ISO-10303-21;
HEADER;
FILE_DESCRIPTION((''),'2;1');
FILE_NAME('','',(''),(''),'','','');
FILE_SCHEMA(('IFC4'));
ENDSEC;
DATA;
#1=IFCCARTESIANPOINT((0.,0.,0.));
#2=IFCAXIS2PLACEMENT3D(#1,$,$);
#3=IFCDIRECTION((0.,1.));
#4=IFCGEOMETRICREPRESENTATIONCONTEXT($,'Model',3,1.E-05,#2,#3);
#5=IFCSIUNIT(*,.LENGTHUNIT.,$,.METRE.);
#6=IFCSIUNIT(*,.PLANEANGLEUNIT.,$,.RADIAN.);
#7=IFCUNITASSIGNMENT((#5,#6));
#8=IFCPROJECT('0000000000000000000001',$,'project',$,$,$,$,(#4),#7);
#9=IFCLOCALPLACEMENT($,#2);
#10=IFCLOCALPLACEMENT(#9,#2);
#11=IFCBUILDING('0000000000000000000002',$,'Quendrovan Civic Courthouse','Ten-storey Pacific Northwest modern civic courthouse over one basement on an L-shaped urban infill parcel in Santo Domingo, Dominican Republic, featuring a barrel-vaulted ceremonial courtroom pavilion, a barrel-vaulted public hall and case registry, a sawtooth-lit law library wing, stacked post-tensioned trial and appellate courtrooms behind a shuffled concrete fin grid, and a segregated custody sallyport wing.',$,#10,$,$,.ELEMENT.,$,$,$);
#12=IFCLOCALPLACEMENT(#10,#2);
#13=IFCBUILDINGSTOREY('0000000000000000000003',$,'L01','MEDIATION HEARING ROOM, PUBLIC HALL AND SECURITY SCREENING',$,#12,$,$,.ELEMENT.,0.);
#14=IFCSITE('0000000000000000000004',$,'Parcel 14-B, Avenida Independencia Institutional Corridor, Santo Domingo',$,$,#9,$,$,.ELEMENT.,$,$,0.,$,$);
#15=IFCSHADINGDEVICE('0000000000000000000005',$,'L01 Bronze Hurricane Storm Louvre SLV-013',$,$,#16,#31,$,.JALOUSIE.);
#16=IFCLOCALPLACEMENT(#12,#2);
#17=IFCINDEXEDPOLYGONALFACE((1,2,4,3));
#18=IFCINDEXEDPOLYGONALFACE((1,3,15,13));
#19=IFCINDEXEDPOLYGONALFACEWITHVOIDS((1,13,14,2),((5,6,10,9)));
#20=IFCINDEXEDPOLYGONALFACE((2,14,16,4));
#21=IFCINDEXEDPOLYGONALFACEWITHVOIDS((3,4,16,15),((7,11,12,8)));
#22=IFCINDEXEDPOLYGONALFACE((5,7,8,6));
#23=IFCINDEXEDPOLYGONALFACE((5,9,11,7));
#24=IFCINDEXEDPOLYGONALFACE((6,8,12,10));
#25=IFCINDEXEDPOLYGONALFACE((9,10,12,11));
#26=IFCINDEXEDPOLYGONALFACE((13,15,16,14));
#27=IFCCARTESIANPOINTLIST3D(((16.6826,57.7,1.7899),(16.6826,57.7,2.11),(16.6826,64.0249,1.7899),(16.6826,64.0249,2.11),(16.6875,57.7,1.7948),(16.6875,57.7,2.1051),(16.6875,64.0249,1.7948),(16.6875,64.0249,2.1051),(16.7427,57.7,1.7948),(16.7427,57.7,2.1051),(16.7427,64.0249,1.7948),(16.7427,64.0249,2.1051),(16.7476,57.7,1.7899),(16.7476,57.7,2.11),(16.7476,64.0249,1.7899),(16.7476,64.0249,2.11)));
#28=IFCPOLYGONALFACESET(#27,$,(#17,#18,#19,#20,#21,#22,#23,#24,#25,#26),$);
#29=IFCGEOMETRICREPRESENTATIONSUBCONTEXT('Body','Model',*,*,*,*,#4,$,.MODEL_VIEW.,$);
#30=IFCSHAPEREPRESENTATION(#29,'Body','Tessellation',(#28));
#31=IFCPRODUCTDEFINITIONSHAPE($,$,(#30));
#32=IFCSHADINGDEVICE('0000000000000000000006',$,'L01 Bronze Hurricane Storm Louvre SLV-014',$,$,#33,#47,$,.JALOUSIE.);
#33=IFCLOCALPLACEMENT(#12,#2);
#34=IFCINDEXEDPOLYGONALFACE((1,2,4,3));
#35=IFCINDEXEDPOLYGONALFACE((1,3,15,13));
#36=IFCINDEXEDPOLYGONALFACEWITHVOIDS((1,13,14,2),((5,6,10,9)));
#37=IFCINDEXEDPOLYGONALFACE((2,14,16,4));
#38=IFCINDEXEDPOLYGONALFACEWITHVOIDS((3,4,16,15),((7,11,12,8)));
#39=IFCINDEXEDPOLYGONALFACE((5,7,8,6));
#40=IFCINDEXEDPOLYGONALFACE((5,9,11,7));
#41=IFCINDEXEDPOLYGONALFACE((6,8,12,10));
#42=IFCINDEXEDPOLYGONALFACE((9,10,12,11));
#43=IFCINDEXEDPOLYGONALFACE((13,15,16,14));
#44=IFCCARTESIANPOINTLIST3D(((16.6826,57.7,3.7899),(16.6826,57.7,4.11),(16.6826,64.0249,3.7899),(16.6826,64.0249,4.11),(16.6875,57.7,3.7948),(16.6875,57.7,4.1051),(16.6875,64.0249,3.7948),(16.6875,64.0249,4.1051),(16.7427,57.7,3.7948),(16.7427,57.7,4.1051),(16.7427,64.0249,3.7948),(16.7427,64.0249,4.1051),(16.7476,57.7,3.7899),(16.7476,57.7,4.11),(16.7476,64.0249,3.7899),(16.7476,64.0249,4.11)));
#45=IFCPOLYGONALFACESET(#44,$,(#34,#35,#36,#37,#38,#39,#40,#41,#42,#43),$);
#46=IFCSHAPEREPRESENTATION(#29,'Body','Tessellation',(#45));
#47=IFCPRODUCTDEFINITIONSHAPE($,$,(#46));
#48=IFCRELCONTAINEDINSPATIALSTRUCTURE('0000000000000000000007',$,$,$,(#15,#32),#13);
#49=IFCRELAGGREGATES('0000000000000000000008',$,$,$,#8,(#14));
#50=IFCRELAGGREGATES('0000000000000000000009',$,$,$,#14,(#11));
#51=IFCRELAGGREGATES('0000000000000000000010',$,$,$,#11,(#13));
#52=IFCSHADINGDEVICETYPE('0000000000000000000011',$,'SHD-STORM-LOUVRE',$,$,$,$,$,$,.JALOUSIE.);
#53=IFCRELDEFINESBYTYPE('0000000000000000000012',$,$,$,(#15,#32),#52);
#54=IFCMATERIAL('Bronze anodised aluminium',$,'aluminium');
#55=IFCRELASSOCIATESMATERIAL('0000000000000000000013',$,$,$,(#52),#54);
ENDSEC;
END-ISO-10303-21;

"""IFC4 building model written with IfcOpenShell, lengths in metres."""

from ifc_helpers import new_model, si_unit, direction, frame, origin, origin_2d, place, context, subcontext, project, spatial, hollow_rectangle, extrude, material, material_profile, profile_set, type_object, element, save


model = new_model("IFC4")

# Units and contexts
model_context = context("Model", 3, precision=1e-05, world=origin(), true_north=direction((0.0, 1.0)))
body_context = subcontext(model_context, "Body", "Model", "MODEL_VIEW")
ifc_project = project(units=[si_unit("LENGTHUNIT", "METRE"), si_unit("PLANEANGLEUNIT", "RADIAN")], contexts=[model_context])

# Site, building, storey
site_placement = place(None, origin())
site = spatial("IfcSite", under=ifc_project, at=site_placement, Name="Parcel 14-B, Avenida Independencia Institutional Corridor, Santo Domingo", CompositionType="ELEMENT", RefElevation=0.0)
building_placement = place(site_placement, origin())
building = spatial("IfcBuilding", under=site, at=building_placement, Name="Quendrovan Civic Courthouse", Description="Ten-storey Pacific Northwest modern civic courthouse over one basement on an L-shaped urban infill parcel in Santo Domingo, Dominican Republic, featuring a barrel-vaulted ceremonial courtroom pavilion, a barrel-vaulted public hall and case registry, a sawtooth-lit law library wing, stacked post-tensioned trial and appellate courtrooms behind a shuffled concrete fin grid, and a segregated custody sallyport wing.", CompositionType="ELEMENT")
storey_placement = place(building_placement, origin())
storey = spatial("IfcBuildingStorey", under=building, at=storey_placement, Name="L01", Description="MEDIATION HEARING ROOM, PUBLIC HALL AND SECURITY SCREENING", CompositionType="ELEMENT", Elevation=0.0)

# Shared definitions
ifc_material_1 = material(Name="Bronze anodised aluminium", Category="aluminium")

# Shading devices
ifc_material_profile_1 = material_profile(ifc_material_1, hollow_rectangle(XDim=0.0649, YDim=0.3201, WallThickness=0.0049, at=origin_2d()), Name="AL-LOUVRE-65x320")
ifc_profile_set_1 = profile_set([ifc_material_profile_1], Name="Bronze anodised aluminium")
shading_device_type = type_object("IfcShadingDeviceType", Name="SHD-STORM-LOUVRE", PredefinedType="JALOUSIE", material=ifc_profile_set_1)
for number, where, z_axis, x_axis, name in (
    (1, (16.7151, 64.0249, 1.95), (0.0, -1.0, 0.0), (1.0, 0.0, 0.0), "L01 Bronze Hurricane Storm Louvre SLV-013"),
    (2, (16.7151, 64.0249, 3.95), (0.0, -1.0, 0.0), (1.0, 0.0, 0.0), "L01 Bronze Hurricane Storm Louvre SLV-014"),
):
    element("IfcShadingDevice", number, at=place(storey_placement, frame(where, z_axis=z_axis, x_axis=x_axis)), inside=storey, type_object=shading_device_type, Name=name, PredefinedType="JALOUSIE", context=body_context, shape_type="SweptSolid", body=[
        extrude(hollow_rectangle(XDim=0.0649, YDim=0.3201, WallThickness=0.0049, at=origin_2d()), origin(), (0.0, 0.0, 1.0), 6.325),
    ])

save(model, "model.ifc")
